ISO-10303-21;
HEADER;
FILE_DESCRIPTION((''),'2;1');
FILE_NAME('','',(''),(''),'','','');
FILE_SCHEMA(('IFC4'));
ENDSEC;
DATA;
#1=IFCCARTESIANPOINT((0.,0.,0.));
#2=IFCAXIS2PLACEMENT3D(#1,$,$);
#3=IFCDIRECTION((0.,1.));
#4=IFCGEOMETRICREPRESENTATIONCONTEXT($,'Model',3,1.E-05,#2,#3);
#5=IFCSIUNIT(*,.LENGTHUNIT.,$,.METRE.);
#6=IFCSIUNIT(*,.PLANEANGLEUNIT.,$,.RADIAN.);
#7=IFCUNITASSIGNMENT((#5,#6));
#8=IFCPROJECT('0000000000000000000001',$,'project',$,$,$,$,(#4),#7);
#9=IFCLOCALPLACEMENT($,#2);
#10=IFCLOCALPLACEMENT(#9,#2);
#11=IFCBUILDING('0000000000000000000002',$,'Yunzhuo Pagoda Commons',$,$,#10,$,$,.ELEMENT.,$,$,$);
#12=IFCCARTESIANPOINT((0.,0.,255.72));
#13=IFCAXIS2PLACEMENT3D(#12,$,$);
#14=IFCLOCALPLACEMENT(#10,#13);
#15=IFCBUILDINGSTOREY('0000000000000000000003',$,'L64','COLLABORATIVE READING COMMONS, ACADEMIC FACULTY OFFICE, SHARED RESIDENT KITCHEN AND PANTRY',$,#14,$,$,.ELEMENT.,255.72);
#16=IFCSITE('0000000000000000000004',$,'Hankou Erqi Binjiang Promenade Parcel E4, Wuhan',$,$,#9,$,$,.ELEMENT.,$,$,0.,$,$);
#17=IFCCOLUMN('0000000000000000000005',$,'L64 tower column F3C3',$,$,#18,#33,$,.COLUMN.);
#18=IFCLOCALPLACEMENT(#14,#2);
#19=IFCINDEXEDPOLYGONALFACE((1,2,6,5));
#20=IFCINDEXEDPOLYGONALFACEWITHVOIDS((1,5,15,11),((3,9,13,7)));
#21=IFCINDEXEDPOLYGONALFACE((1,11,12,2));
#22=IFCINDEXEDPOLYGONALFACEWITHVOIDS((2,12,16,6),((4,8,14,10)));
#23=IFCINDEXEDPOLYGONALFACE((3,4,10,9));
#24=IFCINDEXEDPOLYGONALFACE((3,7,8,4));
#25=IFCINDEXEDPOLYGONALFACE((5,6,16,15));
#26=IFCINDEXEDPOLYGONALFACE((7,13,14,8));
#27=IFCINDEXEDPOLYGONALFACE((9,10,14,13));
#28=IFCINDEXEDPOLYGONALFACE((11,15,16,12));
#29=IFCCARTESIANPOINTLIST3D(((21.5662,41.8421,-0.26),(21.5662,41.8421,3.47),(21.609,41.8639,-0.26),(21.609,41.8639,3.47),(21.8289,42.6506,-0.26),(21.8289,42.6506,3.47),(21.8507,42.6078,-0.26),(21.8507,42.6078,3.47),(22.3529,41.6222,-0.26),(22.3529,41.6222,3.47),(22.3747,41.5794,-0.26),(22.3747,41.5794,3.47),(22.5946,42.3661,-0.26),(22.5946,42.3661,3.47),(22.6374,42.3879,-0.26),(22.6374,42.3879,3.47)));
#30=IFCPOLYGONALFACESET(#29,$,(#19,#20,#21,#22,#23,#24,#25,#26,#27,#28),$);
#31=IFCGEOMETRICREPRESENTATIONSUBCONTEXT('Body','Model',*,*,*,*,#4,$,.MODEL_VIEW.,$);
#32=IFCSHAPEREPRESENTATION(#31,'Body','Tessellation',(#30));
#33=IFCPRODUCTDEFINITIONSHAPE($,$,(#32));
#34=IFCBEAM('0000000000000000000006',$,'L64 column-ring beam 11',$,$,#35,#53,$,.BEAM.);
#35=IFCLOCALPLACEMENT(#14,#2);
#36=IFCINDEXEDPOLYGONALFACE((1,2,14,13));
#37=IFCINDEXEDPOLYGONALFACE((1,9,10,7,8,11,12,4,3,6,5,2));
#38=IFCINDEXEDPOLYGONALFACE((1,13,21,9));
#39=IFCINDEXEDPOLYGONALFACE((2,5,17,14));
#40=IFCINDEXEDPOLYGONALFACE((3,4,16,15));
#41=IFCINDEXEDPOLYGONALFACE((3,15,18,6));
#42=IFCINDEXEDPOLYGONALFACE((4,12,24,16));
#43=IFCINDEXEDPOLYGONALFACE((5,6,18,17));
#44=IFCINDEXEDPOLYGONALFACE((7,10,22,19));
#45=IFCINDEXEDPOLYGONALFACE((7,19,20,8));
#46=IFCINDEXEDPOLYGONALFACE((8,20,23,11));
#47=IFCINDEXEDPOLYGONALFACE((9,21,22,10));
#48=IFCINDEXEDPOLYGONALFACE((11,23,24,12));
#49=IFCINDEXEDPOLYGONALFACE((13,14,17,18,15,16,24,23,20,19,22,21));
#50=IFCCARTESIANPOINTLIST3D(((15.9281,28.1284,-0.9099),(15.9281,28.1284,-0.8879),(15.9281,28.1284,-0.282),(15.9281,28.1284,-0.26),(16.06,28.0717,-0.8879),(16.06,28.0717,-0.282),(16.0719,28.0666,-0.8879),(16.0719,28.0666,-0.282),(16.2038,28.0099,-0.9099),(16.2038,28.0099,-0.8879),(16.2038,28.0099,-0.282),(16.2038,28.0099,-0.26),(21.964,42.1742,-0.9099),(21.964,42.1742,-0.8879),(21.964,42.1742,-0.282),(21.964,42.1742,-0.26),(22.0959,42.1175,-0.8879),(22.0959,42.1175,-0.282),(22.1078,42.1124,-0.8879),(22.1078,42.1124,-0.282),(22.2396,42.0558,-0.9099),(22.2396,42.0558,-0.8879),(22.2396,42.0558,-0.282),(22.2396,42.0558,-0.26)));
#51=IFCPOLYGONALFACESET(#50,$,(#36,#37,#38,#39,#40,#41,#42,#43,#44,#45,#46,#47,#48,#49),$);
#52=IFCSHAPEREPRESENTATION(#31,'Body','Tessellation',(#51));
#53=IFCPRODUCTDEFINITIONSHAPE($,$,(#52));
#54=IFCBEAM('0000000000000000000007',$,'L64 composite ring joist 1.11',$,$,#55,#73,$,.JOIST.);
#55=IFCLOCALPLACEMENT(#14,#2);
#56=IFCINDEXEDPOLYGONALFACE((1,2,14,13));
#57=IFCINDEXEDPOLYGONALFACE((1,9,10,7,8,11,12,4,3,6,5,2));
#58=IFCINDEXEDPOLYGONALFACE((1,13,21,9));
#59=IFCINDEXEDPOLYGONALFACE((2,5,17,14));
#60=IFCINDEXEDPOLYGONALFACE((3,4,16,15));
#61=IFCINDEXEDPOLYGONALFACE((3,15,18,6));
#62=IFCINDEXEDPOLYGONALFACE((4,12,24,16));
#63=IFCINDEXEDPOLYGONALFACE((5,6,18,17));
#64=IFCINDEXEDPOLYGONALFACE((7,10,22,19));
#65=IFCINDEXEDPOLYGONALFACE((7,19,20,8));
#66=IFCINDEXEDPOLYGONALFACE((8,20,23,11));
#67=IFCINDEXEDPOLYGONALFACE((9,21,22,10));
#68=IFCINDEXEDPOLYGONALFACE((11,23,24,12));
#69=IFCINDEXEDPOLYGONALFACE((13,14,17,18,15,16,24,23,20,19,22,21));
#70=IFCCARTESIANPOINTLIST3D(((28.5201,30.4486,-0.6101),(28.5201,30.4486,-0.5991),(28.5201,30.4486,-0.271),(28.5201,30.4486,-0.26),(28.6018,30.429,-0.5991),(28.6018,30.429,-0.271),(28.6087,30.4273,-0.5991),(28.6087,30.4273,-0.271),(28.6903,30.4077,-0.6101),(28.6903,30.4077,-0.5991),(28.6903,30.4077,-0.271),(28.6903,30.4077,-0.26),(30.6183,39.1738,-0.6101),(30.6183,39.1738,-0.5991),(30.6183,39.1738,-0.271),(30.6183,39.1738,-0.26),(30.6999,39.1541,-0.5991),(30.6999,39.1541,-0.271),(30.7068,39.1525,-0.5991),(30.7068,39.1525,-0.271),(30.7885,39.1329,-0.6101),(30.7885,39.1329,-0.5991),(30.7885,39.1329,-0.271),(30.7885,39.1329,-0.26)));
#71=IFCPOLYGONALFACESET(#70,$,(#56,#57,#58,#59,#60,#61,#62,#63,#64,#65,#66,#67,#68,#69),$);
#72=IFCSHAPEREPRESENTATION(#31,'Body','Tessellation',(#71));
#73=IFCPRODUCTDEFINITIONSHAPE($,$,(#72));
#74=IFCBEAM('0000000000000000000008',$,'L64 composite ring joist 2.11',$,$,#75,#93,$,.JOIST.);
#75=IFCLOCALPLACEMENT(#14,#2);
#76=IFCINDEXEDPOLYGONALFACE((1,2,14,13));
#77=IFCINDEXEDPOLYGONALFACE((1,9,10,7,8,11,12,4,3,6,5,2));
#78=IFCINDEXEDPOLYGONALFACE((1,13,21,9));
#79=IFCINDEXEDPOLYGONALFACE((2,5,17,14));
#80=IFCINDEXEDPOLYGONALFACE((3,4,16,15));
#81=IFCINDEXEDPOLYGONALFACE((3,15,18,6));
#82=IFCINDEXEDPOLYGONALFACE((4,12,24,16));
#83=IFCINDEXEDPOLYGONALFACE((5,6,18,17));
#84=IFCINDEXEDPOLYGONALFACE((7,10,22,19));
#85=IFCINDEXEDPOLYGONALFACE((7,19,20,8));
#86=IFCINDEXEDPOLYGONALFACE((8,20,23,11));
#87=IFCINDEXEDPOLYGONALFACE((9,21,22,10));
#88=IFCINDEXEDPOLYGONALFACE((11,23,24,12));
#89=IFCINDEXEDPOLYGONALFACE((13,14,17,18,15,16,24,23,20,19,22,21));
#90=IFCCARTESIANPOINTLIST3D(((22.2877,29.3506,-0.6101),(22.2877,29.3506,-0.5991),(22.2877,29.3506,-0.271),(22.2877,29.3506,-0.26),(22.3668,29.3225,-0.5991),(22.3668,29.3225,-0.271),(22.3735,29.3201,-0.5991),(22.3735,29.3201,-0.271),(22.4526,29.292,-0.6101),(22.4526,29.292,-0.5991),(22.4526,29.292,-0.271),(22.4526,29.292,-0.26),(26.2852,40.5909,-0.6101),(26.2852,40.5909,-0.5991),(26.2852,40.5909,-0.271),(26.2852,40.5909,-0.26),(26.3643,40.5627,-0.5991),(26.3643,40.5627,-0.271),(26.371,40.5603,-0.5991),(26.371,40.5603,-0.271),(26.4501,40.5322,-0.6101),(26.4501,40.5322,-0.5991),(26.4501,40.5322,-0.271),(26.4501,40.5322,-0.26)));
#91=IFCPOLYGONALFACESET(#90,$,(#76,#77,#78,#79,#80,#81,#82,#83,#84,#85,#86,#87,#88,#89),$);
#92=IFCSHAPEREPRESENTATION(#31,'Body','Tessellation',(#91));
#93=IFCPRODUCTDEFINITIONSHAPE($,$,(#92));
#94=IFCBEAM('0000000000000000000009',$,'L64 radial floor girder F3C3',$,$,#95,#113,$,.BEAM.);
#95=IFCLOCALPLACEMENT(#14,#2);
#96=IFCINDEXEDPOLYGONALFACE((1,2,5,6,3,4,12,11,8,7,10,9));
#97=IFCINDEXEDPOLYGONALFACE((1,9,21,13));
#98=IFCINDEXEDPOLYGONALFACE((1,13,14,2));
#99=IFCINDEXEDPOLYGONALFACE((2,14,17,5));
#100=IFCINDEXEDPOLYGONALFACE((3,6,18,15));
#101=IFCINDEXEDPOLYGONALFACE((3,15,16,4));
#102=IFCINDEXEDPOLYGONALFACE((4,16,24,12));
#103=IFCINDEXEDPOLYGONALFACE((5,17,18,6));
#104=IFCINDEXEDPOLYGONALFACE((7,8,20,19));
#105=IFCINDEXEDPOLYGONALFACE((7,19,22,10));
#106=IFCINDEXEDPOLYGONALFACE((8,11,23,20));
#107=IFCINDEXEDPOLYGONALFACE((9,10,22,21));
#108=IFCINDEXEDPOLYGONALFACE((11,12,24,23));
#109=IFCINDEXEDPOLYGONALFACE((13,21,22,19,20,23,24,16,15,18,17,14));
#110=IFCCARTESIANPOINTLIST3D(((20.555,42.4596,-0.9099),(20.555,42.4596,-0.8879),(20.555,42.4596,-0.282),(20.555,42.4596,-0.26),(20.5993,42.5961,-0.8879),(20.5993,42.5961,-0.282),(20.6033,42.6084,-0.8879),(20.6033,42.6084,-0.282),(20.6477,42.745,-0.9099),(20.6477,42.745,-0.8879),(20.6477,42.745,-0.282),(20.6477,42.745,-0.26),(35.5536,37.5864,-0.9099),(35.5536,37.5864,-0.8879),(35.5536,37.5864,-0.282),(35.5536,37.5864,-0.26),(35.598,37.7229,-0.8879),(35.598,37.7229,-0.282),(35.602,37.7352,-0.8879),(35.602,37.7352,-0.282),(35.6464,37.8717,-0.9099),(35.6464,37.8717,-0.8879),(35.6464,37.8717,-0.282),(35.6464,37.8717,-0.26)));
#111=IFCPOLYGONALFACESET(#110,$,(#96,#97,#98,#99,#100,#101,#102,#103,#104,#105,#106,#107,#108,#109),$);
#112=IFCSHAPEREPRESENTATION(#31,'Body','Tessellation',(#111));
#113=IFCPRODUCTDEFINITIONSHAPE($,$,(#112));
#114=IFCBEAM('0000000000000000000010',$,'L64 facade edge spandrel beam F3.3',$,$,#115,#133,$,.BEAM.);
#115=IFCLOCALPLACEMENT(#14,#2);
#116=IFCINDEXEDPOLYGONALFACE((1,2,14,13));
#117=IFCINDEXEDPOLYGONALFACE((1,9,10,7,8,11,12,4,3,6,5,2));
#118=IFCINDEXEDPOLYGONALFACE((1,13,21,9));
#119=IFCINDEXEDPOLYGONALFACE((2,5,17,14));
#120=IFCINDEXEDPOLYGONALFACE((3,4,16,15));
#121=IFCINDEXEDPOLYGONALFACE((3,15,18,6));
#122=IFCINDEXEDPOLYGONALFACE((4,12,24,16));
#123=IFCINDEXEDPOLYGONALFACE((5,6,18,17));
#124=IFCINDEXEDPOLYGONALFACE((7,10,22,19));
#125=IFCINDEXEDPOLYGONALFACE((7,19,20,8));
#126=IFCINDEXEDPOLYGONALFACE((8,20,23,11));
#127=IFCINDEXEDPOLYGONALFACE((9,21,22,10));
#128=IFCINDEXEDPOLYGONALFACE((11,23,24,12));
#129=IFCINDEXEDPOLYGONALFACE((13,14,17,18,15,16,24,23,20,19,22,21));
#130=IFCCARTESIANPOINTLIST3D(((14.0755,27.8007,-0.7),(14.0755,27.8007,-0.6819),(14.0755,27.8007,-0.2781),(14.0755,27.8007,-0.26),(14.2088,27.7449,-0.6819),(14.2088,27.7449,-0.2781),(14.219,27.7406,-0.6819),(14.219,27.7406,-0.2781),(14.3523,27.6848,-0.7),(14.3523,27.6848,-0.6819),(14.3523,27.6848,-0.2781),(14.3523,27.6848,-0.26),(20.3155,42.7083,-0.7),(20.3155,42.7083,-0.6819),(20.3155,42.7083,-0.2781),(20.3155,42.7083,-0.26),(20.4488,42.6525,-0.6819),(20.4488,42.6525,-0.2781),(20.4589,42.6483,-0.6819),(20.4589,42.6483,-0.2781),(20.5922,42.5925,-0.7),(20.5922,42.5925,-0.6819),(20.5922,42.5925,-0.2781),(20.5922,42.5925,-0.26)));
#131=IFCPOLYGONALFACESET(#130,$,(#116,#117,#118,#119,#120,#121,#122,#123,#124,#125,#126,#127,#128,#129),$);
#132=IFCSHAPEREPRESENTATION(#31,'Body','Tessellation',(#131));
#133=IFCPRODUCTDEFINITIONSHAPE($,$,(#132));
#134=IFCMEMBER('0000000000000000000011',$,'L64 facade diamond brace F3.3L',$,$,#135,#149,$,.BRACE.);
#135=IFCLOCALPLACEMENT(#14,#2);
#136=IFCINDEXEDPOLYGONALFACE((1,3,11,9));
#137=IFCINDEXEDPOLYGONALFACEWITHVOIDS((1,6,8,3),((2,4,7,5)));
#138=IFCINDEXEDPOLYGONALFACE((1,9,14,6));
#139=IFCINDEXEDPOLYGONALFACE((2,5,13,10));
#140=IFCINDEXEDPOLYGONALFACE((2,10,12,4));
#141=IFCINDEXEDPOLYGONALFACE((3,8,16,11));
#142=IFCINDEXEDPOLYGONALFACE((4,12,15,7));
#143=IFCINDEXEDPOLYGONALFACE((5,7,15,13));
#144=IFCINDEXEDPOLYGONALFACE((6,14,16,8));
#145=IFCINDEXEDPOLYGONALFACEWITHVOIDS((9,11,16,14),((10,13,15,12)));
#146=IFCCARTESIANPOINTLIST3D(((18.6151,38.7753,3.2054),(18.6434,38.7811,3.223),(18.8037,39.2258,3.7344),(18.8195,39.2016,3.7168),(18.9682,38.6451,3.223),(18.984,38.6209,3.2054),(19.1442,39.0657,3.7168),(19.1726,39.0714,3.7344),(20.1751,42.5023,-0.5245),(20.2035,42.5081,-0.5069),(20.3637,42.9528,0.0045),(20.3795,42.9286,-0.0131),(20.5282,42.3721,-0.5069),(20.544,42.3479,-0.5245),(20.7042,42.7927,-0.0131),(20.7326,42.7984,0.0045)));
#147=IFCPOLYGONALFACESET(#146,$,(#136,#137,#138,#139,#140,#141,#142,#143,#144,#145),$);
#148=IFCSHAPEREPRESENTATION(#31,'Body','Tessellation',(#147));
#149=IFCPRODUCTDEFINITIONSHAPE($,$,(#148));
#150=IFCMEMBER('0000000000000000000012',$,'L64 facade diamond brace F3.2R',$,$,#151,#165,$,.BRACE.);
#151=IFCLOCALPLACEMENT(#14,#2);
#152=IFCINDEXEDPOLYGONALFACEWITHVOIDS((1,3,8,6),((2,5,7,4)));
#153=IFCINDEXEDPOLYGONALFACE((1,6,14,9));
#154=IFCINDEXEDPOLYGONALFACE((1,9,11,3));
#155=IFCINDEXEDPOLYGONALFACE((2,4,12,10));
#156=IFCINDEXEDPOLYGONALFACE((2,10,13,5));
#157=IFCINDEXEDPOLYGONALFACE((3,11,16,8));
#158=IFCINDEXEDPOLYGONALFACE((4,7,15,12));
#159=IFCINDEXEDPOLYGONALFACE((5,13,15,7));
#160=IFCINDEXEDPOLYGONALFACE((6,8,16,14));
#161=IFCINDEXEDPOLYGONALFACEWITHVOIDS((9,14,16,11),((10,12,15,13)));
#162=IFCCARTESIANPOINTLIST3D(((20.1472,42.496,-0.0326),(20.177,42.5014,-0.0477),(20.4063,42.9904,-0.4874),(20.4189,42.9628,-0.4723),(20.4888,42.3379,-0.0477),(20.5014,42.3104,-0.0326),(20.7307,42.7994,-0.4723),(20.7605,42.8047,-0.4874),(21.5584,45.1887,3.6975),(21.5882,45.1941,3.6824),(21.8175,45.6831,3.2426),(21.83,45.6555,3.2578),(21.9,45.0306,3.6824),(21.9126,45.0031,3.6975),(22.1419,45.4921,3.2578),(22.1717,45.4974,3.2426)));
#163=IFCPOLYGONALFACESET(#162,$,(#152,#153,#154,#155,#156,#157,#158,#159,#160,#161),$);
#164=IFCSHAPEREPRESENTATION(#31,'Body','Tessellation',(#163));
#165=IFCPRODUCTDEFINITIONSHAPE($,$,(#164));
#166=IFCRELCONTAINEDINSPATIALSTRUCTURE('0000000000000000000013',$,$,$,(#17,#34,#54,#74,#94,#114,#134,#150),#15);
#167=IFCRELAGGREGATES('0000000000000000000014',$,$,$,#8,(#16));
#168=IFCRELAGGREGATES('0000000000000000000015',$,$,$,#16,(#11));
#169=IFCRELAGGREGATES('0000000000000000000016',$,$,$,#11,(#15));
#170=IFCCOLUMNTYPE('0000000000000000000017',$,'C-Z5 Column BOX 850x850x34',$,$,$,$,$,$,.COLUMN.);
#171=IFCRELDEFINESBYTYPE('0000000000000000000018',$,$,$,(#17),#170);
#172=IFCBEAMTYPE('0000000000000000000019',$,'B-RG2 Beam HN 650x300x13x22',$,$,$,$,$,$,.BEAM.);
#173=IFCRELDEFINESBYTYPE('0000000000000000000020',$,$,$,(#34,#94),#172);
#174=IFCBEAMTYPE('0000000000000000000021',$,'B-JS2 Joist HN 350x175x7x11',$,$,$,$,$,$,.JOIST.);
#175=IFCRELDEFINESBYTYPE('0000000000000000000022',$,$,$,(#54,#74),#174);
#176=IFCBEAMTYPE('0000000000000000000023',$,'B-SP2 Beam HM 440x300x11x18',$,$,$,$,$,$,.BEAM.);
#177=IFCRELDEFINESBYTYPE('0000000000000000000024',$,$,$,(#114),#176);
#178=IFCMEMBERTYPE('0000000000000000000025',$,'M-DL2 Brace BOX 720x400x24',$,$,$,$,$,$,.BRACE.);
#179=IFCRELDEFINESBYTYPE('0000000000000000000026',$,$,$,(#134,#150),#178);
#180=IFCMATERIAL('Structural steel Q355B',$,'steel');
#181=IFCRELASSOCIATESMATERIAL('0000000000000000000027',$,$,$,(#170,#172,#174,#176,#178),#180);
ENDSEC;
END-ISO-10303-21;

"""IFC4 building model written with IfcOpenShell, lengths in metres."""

from ifc_helpers import new_model, si_unit, direction, frame, origin, origin_2d, place, context, subcontext, project, spatial, hollow_rectangle, i_section, extrude, source, transform, mapped, material, material_profile, profile_set, type_object, element, save


model = new_model("IFC4")

# Units and contexts
model_context = context("Model", 3, precision=1e-05, world=origin(), true_north=direction((0.0, 1.0)))
body_context = subcontext(model_context, "Body", "Model", "MODEL_VIEW")
ifc_project = project(units=[si_unit("LENGTHUNIT", "METRE"), si_unit("PLANEANGLEUNIT", "RADIAN")], contexts=[model_context])

# Site, building, storey
site_placement = place(None, origin())
site = spatial("IfcSite", under=ifc_project, at=site_placement, Name="Hankou Erqi Binjiang Promenade Parcel E4, Wuhan", CompositionType="ELEMENT", RefElevation=0.0)
building_placement = place(site_placement, origin())
building = spatial("IfcBuilding", under=site, at=building_placement, Name="Yunzhuo Pagoda Commons", CompositionType="ELEMENT")
storey_placement = place(building_placement, frame((0.0, 0.0, 255.72)))
storey = spatial("IfcBuildingStorey", under=building, at=storey_placement, Name="L64", Description="COLLABORATIVE READING COMMONS, ACADEMIC FACULTY OFFICE, SHARED RESIDENT KITCHEN AND PANTRY", CompositionType="ELEMENT", Elevation=255.72)

# Column
ifc_material_1 = material(Name="Structural steel Q355B", Category="steel")
ifc_material_profile_1 = material_profile(ifc_material_1, hollow_rectangle(XDim=0.8501, YDim=0.8501, WallThickness=0.0339, at=origin_2d()), Name="Structural steel Q355B")
ifc_profile_set_1 = profile_set([ifc_material_profile_1], Name="Structural steel Q355B")
column_type = type_object("IfcColumnType", Name="C-Z5 Column BOX 850x850x34", PredefinedType="COLUMN", material=ifc_profile_set_1)
shared_shape_1 = source(origin(), body_context, "Body", "SweptSolid", [
    extrude(hollow_rectangle(XDim=0.8501, YDim=0.8501, WallThickness=0.0339, at=origin_2d()), origin(), (0.0, 0.0, 1.0), 3.73),
])
column_placement = place(storey_placement, frame((22.1018, 42.115, -0.26), z_axis=(0.0, 0.0, 1.0), x_axis=(-0.309017, -0.951057, 0.0)))
element("IfcColumn", 1, at=column_placement, inside=storey, type_object=column_type, Name="L64 tower column F3C3", PredefinedType="COLUMN", context=body_context, shape_type="MappedRepresentation", body=[
    mapped(shared_shape_1, transform((0.0, 0.0, 0.0), scale=1.0)),
])

# Beams
ifc_material_profile_2 = material_profile(ifc_material_1, i_section(OverallWidth=0.3, OverallDepth=0.6499, WebThickness=0.0129, FlangeThickness=0.022, at=origin_2d()), Name="Structural steel Q355B")
ifc_profile_set_2 = profile_set([ifc_material_profile_2], Name="Structural steel Q355B")
beam_type_1 = type_object("IfcBeamType", Name="B-RG2 Beam HN 650x300x13x22", PredefinedType="BEAM", material=ifc_profile_set_2)
shared_shape_2 = source(origin(), body_context, "Body", "SweptSolid", [
    extrude(i_section(OverallWidth=0.3, OverallDepth=0.6499, WebThickness=0.0129, FlangeThickness=0.022, at=origin_2d()), origin(), (0.0, 0.0, 1.0), 15.2878),
])
beam_1_placement = place(storey_placement, frame((22.1018, 42.115, -0.585), z_axis=(-0.394815, -0.91876, 0.0), x_axis=(0.91876, -0.394815, 0.0)))
element("IfcBeam", 2, at=beam_1_placement, inside=storey, type_object=beam_type_1, Name="L64 column-ring beam 11", PredefinedType="BEAM", context=body_context, shape_type="MappedRepresentation", body=[
    mapped(shared_shape_2, transform((0.0, 0.0, 0.0), scale=1.0)),
])
ifc_material_profile_3 = material_profile(ifc_material_1, i_section(OverallWidth=0.175, OverallDepth=0.3501, WebThickness=0.0071, FlangeThickness=0.011, at=origin_2d()), Name="Structural steel Q355B")
ifc_profile_set_3 = profile_set([ifc_material_profile_3], Name="Structural steel Q355B")
beam_type_2 = type_object("IfcBeamType", Name="B-JS2 Joist HN 350x175x7x11", PredefinedType="JOIST", material=ifc_profile_set_3)
shared_shape_3 = source(origin(), body_context, "Body", "SweptSolid", [
    extrude(i_section(OverallWidth=0.175, OverallDepth=0.3501, WebThickness=0.0071, FlangeThickness=0.011, at=origin_2d()), origin(), (0.0, 0.0, 1.0), 8.9739),
])
beam_2_placement = place(storey_placement, frame((30.7034, 39.1533, -0.4351), z_axis=(-0.233807, -0.972283, 0.0), x_axis=(0.972283, -0.233807, 0.0)))
element("IfcBeam", 3, at=beam_2_placement, inside=storey, type_object=beam_type_2, Name="L64 composite ring joist 1.11", PredefinedType="JOIST", context=body_context, shape_type="MappedRepresentation", body=[
    mapped(shared_shape_3, transform((0.0, 0.0, 0.0), scale=1.0)),
])
shared_shape_4 = source(origin(), body_context, "Body", "SweptSolid", [
    extrude(i_section(OverallWidth=0.175, OverallDepth=0.3501, WebThickness=0.0071, FlangeThickness=0.011, at=origin_2d()), origin(), (0.0, 0.0, 1.0), 11.9299),
])
beam_3_placement = place(storey_placement, frame((26.3677, 40.5615, -0.4351), z_axis=(-0.335086, -0.942187, 0.0), x_axis=(0.942187, -0.335086, 0.0)))
element("IfcBeam", 4, at=beam_3_placement, inside=storey, type_object=beam_type_2, Name="L64 composite ring joist 2.11", PredefinedType="JOIST", context=body_context, shape_type="MappedRepresentation", body=[
    mapped(shared_shape_4, transform((0.0, 0.0, 0.0), scale=1.0)),
])
shared_shape_5 = source(origin(), body_context, "Body", "SweptSolid", [
    extrude(i_section(OverallWidth=0.3, OverallDepth=0.6499, WebThickness=0.0129, FlangeThickness=0.022, at=origin_2d()), origin(), (0.0, 0.0, 1.0), 15.7705),
])
beam_4_placement = place(storey_placement, frame((20.6013, 42.6023, -0.585), z_axis=(0.951059, -0.309011, 0.0), x_axis=(0.309011, 0.951059, 0.0)))
element("IfcBeam", 5, at=beam_4_placement, inside=storey, type_object=beam_type_1, Name="L64 radial floor girder F3C3", PredefinedType="BEAM", context=body_context, shape_type="MappedRepresentation", body=[
    mapped(shared_shape_5, transform((0.0, 0.0, 0.0), scale=1.0)),
])
ifc_material_profile_4 = material_profile(ifc_material_1, i_section(OverallWidth=0.3, OverallDepth=0.4399, WebThickness=0.011, FlangeThickness=0.0181, at=origin_2d()), Name="Structural steel Q355B")
ifc_profile_set_4 = profile_set([ifc_material_profile_4], Name="Structural steel Q355B")
beam_type_3 = type_object("IfcBeamType", Name="B-SP2 Beam HM 440x300x11x18", PredefinedType="BEAM", material=ifc_profile_set_4)
shared_shape_6 = source(origin(), body_context, "Body", "SweptSolid", [
    extrude(i_section(OverallWidth=0.3, OverallDepth=0.4399, WebThickness=0.011, FlangeThickness=0.0181, at=origin_2d()), origin(), (0.0, 0.0, 1.0), 16.1609),
])
beam_5_placement = place(storey_placement, frame((20.4539, 42.6504, -0.48), z_axis=(-0.386114, -0.922451, 0.0), x_axis=(0.922451, -0.386114, 0.0)))
element("IfcBeam", 6, at=beam_5_placement, inside=storey, type_object=beam_type_3, Name="L64 facade edge spandrel beam F3.3", PredefinedType="BEAM", context=body_context, shape_type="MappedRepresentation", body=[
    mapped(shared_shape_6, transform((0.0, 0.0, 0.0), scale=1.0)),
])

# Members
ifc_material_profile_5 = material_profile(ifc_material_1, hollow_rectangle(XDim=0.3999, YDim=0.72, WallThickness=0.0239, at=origin_2d()), Name="Structural steel Q355B")
ifc_profile_set_5 = profile_set([ifc_material_profile_5], Name="Structural steel Q355B")
member_type_1 = type_object("IfcMemberType", Name="M-DL2 Brace BOX 720x400x24", PredefinedType="BRACE", material=ifc_profile_set_5)
shared_shape_7 = source(origin(), body_context, "Body", "SweptSolid", [
    extrude(hollow_rectangle(XDim=0.3999, YDim=0.72, WallThickness=0.0239, at=origin_2d()), origin(), (0.0, 0.0, 1.0), 5.4988),
])
member_1_placement = place(storey_placement, frame((20.4539, 42.6504, -0.26), z_axis=(-0.283706, -0.677786, 0.678319), x_axis=(0.92245, -0.386117, 0.0)))
element("IfcMember", 7, at=member_1_placement, inside=storey, type_object=member_type_1, Name="L64 facade diamond brace F3.3L", PredefinedType="BRACE", context=body_context, shape_type="MappedRepresentation", body=[
    mapped(shared_shape_7, transform((0.0, 0.0, 0.0), scale=1.0)),
])
shared_shape_8 = source(origin(), body_context, "Body", "SweptSolid", [
    extrude(hollow_rectangle(XDim=0.3999, YDim=0.72, WallThickness=0.0239, at=origin_2d()), origin(), (0.0, 0.0, 1.0), 4.812),
])
member_2_placement = place(storey_placement, frame((20.4539, 42.6504, -0.26), z_axis=(0.29326, 0.559578, 0.775159), x_axis=(-0.885736, 0.46419, 0.0)))
element("IfcMember", 8, at=member_2_placement, inside=storey, type_object=member_type_1, Name="L64 facade diamond brace F3.2R", PredefinedType="BRACE", context=body_context, shape_type="MappedRepresentation", body=[
    mapped(shared_shape_8, transform((0.0, 0.0, 0.0), scale=1.0)),
])

save(model, "model.ifc")
